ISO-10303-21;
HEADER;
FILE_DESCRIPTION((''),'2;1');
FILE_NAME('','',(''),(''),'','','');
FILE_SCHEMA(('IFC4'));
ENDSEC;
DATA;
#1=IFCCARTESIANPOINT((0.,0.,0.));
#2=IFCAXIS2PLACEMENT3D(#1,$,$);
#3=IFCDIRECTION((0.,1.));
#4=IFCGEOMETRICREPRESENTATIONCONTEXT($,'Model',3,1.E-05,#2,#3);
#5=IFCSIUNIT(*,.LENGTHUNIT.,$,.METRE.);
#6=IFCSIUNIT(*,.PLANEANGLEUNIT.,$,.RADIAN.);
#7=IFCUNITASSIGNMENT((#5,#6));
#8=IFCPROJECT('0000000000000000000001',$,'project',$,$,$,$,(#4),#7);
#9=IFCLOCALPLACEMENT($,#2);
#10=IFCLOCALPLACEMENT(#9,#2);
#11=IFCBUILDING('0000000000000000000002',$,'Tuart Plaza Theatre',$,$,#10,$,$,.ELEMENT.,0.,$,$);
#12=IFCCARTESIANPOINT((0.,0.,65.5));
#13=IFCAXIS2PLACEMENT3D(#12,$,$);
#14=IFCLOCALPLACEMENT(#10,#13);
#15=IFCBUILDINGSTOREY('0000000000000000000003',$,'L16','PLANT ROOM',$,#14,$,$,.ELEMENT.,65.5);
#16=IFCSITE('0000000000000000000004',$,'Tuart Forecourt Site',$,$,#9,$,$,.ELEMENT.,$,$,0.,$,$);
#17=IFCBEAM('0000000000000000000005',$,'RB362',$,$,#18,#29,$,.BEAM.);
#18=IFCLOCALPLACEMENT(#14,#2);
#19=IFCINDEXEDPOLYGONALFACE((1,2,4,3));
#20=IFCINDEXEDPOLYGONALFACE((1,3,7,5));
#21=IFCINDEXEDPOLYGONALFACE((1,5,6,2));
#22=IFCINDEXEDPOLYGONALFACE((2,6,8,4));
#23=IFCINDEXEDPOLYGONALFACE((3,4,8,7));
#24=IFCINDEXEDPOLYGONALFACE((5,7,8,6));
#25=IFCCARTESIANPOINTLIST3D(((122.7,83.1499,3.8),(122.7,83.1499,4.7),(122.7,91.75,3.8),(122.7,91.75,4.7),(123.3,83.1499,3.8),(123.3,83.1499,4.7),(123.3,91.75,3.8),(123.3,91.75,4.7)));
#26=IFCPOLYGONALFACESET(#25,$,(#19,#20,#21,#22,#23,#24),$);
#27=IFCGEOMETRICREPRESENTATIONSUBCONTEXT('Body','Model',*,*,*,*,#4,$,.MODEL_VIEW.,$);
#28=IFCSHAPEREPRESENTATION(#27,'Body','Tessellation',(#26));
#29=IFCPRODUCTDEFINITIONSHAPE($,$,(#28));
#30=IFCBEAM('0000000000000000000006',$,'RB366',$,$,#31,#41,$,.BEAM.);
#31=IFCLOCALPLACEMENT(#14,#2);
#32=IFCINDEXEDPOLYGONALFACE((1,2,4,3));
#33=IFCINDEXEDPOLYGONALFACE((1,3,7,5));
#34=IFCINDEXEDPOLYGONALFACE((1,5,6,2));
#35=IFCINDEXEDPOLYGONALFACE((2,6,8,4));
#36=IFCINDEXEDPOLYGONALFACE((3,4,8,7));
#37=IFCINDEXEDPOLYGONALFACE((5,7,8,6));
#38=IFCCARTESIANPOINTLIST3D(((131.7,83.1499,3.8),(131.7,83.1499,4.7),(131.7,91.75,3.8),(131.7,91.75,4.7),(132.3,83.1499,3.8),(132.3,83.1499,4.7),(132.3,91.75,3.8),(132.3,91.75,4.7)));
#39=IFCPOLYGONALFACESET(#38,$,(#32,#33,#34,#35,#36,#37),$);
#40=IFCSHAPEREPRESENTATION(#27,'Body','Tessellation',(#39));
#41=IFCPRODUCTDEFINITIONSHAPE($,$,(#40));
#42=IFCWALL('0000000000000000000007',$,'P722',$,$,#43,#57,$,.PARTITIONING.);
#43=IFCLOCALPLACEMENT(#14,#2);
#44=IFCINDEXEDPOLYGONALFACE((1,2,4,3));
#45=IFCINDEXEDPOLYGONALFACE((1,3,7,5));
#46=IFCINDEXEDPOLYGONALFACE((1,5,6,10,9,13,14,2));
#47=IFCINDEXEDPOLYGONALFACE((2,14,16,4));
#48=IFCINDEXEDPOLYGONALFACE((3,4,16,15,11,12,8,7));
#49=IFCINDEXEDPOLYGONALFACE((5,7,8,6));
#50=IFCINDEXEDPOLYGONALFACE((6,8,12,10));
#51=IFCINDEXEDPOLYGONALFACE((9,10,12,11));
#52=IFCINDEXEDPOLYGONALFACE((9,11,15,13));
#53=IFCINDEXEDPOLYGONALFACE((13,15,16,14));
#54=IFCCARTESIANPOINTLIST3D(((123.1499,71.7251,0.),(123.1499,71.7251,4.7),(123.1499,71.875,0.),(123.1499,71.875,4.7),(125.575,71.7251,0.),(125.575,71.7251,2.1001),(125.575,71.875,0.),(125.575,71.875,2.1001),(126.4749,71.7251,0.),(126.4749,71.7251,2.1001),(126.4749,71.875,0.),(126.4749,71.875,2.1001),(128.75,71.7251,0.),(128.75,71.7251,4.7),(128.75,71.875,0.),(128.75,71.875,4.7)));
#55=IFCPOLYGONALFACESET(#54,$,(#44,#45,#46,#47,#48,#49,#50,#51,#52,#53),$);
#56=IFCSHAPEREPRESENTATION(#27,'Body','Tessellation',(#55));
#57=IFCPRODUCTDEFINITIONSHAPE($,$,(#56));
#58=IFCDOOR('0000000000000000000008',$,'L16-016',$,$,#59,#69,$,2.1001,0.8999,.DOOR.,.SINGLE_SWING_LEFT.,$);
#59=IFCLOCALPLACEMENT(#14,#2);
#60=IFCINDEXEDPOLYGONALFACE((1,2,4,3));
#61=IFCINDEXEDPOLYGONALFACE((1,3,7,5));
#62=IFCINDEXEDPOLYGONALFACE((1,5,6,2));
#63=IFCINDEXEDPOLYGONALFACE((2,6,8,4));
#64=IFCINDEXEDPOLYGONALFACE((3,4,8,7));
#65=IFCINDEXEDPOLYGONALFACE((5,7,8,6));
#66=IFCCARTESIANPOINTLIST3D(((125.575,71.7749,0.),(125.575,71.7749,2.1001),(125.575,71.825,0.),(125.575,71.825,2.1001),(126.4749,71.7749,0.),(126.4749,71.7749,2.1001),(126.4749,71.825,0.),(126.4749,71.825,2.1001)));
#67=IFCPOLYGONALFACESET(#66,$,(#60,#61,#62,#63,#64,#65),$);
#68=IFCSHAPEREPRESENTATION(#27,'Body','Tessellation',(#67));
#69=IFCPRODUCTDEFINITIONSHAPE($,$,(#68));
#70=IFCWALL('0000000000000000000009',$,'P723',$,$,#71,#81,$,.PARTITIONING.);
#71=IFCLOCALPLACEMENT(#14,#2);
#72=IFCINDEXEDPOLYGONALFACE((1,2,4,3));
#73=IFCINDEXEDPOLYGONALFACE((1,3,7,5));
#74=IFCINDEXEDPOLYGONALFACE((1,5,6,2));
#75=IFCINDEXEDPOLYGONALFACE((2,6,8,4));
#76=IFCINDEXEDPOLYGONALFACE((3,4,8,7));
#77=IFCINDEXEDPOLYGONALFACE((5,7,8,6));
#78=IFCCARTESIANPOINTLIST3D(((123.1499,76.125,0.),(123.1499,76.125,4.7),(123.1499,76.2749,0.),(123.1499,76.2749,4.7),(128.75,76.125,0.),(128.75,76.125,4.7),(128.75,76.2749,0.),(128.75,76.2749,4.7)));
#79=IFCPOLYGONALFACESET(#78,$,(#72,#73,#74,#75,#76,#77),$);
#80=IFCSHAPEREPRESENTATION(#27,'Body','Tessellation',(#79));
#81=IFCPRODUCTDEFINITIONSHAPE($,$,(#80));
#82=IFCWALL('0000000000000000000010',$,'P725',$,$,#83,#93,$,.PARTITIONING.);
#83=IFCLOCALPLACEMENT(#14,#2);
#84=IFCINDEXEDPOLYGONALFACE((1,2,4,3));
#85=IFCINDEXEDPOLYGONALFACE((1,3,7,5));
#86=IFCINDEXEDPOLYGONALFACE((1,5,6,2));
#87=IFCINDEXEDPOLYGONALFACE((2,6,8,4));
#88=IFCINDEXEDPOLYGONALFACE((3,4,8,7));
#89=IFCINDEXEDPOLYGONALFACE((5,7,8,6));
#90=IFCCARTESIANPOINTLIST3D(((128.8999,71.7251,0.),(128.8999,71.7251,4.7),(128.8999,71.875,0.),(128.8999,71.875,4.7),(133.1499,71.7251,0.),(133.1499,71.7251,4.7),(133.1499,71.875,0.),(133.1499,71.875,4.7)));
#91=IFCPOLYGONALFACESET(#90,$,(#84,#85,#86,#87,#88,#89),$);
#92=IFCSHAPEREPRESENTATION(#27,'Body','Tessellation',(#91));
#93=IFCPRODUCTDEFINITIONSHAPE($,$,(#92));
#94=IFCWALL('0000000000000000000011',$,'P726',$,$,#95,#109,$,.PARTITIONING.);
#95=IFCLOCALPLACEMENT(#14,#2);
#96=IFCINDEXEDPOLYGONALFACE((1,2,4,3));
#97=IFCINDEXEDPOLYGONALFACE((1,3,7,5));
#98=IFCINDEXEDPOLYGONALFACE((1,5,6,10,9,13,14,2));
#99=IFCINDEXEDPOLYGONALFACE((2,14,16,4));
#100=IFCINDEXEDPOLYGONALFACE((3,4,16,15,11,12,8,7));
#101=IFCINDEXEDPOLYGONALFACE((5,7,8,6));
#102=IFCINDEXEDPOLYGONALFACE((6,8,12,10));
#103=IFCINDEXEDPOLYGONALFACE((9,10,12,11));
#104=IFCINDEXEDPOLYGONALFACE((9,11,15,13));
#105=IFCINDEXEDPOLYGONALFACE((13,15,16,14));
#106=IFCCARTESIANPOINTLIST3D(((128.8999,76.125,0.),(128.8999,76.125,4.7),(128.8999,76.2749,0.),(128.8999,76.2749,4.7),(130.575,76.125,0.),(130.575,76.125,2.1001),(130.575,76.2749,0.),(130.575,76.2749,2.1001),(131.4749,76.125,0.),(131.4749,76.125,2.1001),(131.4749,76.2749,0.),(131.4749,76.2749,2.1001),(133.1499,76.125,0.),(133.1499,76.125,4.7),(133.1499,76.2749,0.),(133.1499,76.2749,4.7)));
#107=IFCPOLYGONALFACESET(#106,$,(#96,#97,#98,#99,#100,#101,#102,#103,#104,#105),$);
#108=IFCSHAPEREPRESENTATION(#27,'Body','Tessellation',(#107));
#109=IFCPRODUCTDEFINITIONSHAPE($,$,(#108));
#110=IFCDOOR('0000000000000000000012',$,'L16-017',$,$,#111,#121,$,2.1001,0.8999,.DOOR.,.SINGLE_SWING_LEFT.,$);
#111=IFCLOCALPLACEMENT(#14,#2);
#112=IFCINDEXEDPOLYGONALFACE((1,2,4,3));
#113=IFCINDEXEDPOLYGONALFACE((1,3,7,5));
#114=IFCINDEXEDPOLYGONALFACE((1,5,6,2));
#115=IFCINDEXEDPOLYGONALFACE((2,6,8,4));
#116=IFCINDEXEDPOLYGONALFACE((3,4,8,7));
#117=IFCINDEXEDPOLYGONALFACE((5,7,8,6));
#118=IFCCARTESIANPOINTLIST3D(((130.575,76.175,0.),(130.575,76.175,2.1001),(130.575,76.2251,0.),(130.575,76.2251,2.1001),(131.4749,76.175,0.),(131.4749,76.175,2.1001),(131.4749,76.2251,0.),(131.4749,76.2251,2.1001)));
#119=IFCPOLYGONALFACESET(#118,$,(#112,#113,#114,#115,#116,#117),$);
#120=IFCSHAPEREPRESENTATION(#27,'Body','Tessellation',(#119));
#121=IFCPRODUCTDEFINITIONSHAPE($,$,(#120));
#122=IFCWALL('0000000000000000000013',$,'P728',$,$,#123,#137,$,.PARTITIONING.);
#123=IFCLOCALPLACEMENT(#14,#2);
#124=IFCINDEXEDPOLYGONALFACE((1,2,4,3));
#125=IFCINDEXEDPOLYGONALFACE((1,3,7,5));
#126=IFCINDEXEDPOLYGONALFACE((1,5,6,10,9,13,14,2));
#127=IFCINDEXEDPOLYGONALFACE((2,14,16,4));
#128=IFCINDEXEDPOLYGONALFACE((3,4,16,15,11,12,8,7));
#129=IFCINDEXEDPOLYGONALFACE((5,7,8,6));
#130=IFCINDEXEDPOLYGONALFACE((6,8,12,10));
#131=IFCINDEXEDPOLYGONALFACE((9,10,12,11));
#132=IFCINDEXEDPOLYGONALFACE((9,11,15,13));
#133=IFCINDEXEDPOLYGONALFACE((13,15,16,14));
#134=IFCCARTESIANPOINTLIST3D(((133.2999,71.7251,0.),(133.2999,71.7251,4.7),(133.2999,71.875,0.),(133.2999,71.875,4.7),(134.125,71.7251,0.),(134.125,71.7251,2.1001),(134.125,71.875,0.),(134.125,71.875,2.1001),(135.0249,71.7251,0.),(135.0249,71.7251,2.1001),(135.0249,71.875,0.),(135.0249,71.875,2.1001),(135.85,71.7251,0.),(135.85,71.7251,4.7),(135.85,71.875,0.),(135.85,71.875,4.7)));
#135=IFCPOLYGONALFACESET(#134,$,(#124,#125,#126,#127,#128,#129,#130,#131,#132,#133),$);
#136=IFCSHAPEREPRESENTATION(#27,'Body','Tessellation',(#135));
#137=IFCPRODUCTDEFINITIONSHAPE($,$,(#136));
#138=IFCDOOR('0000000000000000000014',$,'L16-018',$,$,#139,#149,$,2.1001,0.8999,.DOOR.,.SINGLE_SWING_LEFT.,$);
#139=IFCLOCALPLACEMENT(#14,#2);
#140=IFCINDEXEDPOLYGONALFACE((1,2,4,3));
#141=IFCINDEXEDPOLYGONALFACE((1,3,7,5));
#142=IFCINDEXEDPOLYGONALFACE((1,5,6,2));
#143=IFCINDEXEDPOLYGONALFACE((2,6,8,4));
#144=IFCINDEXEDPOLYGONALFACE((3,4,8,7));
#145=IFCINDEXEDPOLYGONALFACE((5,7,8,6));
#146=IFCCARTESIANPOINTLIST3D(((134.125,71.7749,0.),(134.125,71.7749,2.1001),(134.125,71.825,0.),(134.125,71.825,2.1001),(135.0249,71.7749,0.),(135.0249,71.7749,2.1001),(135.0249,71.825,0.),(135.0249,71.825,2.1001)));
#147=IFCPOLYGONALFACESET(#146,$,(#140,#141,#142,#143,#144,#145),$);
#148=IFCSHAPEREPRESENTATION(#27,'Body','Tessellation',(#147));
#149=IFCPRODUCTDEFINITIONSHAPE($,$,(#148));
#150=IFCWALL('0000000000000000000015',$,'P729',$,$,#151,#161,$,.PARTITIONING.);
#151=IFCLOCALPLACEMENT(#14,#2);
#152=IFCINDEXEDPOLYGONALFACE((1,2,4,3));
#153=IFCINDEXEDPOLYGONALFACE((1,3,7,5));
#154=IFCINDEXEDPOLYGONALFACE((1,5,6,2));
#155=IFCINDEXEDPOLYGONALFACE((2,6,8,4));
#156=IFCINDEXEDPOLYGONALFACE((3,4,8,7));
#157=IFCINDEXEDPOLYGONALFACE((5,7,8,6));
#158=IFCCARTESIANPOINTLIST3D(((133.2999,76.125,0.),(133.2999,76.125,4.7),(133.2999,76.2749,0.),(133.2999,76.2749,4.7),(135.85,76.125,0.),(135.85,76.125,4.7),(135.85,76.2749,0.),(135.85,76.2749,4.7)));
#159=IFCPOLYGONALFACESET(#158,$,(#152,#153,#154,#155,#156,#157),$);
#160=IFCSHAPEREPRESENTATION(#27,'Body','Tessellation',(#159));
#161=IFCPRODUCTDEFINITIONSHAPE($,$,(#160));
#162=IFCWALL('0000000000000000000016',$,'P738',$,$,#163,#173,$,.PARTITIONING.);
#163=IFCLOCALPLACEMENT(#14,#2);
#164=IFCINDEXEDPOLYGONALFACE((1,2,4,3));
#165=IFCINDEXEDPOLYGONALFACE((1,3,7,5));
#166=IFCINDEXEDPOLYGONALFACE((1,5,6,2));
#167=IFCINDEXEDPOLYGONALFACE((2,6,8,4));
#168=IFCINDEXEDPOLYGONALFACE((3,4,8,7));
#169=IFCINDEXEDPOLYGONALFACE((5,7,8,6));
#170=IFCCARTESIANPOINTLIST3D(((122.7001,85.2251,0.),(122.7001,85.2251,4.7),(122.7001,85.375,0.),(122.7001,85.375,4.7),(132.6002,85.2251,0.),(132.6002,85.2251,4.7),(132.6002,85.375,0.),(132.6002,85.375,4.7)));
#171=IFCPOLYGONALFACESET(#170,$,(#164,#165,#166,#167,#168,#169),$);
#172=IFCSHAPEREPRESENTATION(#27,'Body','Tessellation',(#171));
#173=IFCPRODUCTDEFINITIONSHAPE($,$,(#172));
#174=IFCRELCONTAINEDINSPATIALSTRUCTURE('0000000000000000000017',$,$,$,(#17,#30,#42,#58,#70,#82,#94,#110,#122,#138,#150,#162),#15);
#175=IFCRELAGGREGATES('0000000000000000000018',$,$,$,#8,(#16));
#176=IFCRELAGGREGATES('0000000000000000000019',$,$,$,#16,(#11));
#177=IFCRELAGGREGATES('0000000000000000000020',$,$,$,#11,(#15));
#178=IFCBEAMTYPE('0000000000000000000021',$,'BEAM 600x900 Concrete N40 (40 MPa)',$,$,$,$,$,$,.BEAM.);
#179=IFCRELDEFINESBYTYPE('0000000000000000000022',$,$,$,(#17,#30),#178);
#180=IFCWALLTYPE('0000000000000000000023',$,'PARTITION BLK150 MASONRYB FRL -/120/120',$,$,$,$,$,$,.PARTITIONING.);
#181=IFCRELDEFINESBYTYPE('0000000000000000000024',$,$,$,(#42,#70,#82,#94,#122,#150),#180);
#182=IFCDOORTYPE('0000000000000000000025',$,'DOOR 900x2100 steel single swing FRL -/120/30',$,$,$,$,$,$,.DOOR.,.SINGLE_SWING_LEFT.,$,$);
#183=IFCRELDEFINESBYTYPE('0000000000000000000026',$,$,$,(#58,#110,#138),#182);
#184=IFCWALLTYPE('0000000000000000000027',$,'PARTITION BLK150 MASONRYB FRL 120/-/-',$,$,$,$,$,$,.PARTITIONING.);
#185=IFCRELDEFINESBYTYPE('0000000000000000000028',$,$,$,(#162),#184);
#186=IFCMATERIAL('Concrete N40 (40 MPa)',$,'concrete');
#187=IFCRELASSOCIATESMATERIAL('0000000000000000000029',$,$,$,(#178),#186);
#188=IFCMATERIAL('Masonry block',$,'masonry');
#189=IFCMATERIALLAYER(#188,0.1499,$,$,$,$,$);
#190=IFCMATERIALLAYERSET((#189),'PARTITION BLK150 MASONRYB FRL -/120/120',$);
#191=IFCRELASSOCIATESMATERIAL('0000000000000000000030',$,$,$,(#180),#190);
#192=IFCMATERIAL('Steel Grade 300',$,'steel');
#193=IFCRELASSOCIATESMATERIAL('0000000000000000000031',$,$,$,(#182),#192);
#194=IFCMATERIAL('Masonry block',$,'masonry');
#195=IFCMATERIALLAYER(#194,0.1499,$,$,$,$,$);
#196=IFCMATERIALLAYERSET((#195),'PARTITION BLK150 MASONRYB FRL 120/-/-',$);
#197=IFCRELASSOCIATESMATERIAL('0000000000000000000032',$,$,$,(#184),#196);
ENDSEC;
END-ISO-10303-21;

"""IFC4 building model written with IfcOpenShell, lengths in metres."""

from ifc_helpers import new_model, si_unit, direction, frame, frame_2d, origin, origin_2d, place, context, subcontext, project, spatial, rectangle, extrude, material, layer, layer_set, material_profile, profile_set, type_object, element, fill, save


model = new_model("IFC4")

# Units and contexts
model_context = context("Model", 3, precision=1e-05, world=origin(), true_north=direction((0.0, 1.0)))
body_context = subcontext(model_context, "Body", "Model", "MODEL_VIEW")
ifc_project = project(units=[si_unit("LENGTHUNIT", "METRE"), si_unit("PLANEANGLEUNIT", "RADIAN")], contexts=[model_context])

# Site, building, storey
site_placement = place(None, origin())
site = spatial("IfcSite", under=ifc_project, at=site_placement, Name="Tuart Forecourt Site", CompositionType="ELEMENT", RefElevation=0.0)
building_placement = place(site_placement, origin())
building = spatial("IfcBuilding", under=site, at=building_placement, Name="Tuart Plaza Theatre", CompositionType="ELEMENT", ElevationOfRefHeight=0.0)
storey_placement = place(building_placement, frame((0.0, 0.0, 65.5)))
storey = spatial("IfcBuildingStorey", under=building, at=storey_placement, Name="L16", Description="PLANT ROOM", CompositionType="ELEMENT", Elevation=65.5)

# Beams
ifc_material_1 = material(Name="Concrete N40 (40 MPa)", Category="concrete")
ifc_material_profile = material_profile(ifc_material_1, rectangle(XDim=0.6001, YDim=0.8999, at=origin_2d()), Name="BEAM 600x900 Concrete N40 (40 MPa)")
ifc_profile_set = profile_set([ifc_material_profile], Name="Concrete N40 (40 MPa)")
beam_type = type_object("IfcBeamType", Name="BEAM 600x900 Concrete N40 (40 MPa)", PredefinedType="BEAM", material=ifc_profile_set)
for number, where, z_axis, x_axis, name in (
    (1, (123.0, 83.1499, 4.25), (0.0, 1.0, 0.0), (-1.0, 0.0, 0.0), "RB362"),
    (2, (132.0, 83.1499, 4.25), (0.0, 1.0, 0.0), (-1.0, 0.0, 0.0), "RB366"),
):
    element("IfcBeam", number, at=place(storey_placement, frame(where, z_axis=z_axis, x_axis=x_axis)), inside=storey, type_object=beam_type, Name=name, PredefinedType="BEAM", context=body_context, shape_type="SweptSolid", body=[
        extrude(rectangle(XDim=0.6001, YDim=0.8999, at=origin_2d()), origin(), (0.0, 0.0, 1.0), 8.6001),
    ])

# Wall, opening, door
ifc_material_2 = material(Name="Masonry block", Category="masonry")
ifc_layer_1 = layer(ifc_material_2, 0.1499)
ifc_layer_set_1 = layer_set([ifc_layer_1], Name="PARTITION BLK150 MASONRYB FRL -/120/120")
wall_type_1 = type_object("IfcWallType", Name="PARTITION BLK150 MASONRYB FRL -/120/120", PredefinedType="PARTITIONING", material=ifc_layer_set_1)
wall_1_placement = place(storey_placement, frame((123.1499, 71.8, 0.0), z_axis=(0.0, 0.0, 1.0), x_axis=(1.0, 0.0, 0.0)))
wall_1 = element("IfcWall", 3, at=wall_1_placement, inside=storey, type_object=wall_type_1, Name="P722", PredefinedType="PARTITIONING", context=body_context, shape_type="SweptSolid", body=[
    extrude(rectangle(XDim=5.6001, YDim=0.1499, at=frame_2d((2.8, 0.0))), origin(), (0.0, 0.0, 1.0), 4.7),
])
opening_1_placement = place(wall_1_placement, frame((2.425, 0.0, 0.0)))
opening_1 = element("IfcOpeningElement", 4, at=opening_1_placement, cuts=wall_1, PredefinedType="OPENING", context=body_context, shape_type="SweptSolid", body=[
    extrude(rectangle(XDim=0.8999, YDim=2.1001, at=frame_2d((0.45, 1.05))), frame((0.0, 0.085, 0.0), z_axis=(0.0, -1.0, 0.0), x_axis=(1.0, 0.0, 0.0)), (0.0, 0.0, 1.0), 0.1699),
])
ifc_material_3 = material(Name="Steel Grade 300", Category="steel")
door_type_1 = type_object("IfcDoorType", Name="DOOR 900x2100 steel single swing FRL -/120/30", OperationType="SINGLE_SWING_LEFT", PredefinedType="DOOR", material=ifc_material_3)
door_1_placement = place(opening_1_placement, origin())
door_1 = element("IfcDoor", 5, at=door_1_placement, inside=storey, type_object=door_type_1, Name="L16-016", OperationType="SINGLE_SWING_LEFT", OverallHeight=2.1001, OverallWidth=0.8999, PredefinedType="DOOR", context=body_context, shape_type="SweptSolid", body=[
    extrude(rectangle(XDim=0.8999, YDim=2.1001, at=frame_2d((0.45, 1.05))), frame((0.0, 0.0249, 0.0), z_axis=(0.0, -1.0, 0.0), x_axis=(1.0, 0.0, 0.0)), (0.0, 0.0, 1.0), 0.05),
])
fill(opening_1, door_1)

# Walls
wall_2_placement = place(storey_placement, frame((123.1499, 76.2, 0.0), z_axis=(0.0, 0.0, 1.0), x_axis=(1.0, 0.0, 0.0)))
element("IfcWall", 6, at=wall_2_placement, inside=storey, type_object=wall_type_1, Name="P723", PredefinedType="PARTITIONING", context=body_context, shape_type="SweptSolid", body=[
    extrude(rectangle(XDim=5.6001, YDim=0.1499, at=frame_2d((2.8, 0.0))), origin(), (0.0, 0.0, 1.0), 4.7),
])
wall_3_placement = place(storey_placement, frame((128.8999, 71.8, 0.0), z_axis=(0.0, 0.0, 1.0), x_axis=(1.0, 0.0, 0.0)))
element("IfcWall", 7, at=wall_3_placement, inside=storey, type_object=wall_type_1, Name="P725", PredefinedType="PARTITIONING", context=body_context, shape_type="SweptSolid", body=[
    extrude(rectangle(XDim=4.25, YDim=0.1499, at=frame_2d((2.125, 0.0))), origin(), (0.0, 0.0, 1.0), 4.7),
])

# Walls, openings, doors
wall_4_placement = place(storey_placement, frame((128.8999, 76.2, 0.0), z_axis=(0.0, 0.0, 1.0), x_axis=(1.0, 0.0, 0.0)))
wall_4 = element("IfcWall", 8, at=wall_4_placement, inside=storey, type_object=wall_type_1, Name="P726", PredefinedType="PARTITIONING", context=body_context, shape_type="SweptSolid", body=[
    extrude(rectangle(XDim=4.25, YDim=0.1499, at=frame_2d((2.125, 0.0))), origin(), (0.0, 0.0, 1.0), 4.7),
])
opening_2_placement = place(wall_4_placement, frame((1.675, 0.0, 0.0)))
opening_2 = element("IfcOpeningElement", 9, at=opening_2_placement, cuts=wall_4, PredefinedType="OPENING", context=body_context, shape_type="SweptSolid", body=[
    extrude(rectangle(XDim=0.8999, YDim=2.1001, at=frame_2d((0.45, 1.05))), frame((0.0, 0.085, 0.0), z_axis=(0.0, -1.0, 0.0), x_axis=(1.0, 0.0, 0.0)), (0.0, 0.0, 1.0), 0.1699),
])
door_2_placement = place(opening_2_placement, frame((0.8999, 0.0, 0.0), z_axis=(0.0, 0.0, 1.0), x_axis=(-1.0, 0.0, 0.0)))
door_2 = element("IfcDoor", 10, at=door_2_placement, inside=storey, type_object=door_type_1, Name="L16-017", OperationType="SINGLE_SWING_LEFT", OverallHeight=2.1001, OverallWidth=0.8999, PredefinedType="DOOR", context=body_context, shape_type="SweptSolid", body=[
    extrude(rectangle(XDim=0.8999, YDim=2.1001, at=frame_2d((0.45, 1.05))), frame((0.0, 0.0249, 0.0), z_axis=(0.0, -1.0, 0.0), x_axis=(1.0, 0.0, 0.0)), (0.0, 0.0, 1.0), 0.05),
])
fill(opening_2, door_2)
wall_5_placement = place(storey_placement, frame((133.3, 71.8, 0.0), z_axis=(0.0, 0.0, 1.0), x_axis=(1.0, 0.0, 0.0)))
wall_5 = element("IfcWall", 11, at=wall_5_placement, inside=storey, type_object=wall_type_1, Name="P728", PredefinedType="PARTITIONING", context=body_context, shape_type="SweptSolid", body=[
    extrude(rectangle(XDim=2.55, YDim=0.1499, at=frame_2d((1.2749, 0.0))), origin(), (0.0, 0.0, 1.0), 4.7),
])
opening_3_placement = place(wall_5_placement, frame((0.825, 0.0, 0.0)))
opening_3 = element("IfcOpeningElement", 12, at=opening_3_placement, cuts=wall_5, PredefinedType="OPENING", context=body_context, shape_type="SweptSolid", body=[
    extrude(rectangle(XDim=0.8999, YDim=2.1001, at=frame_2d((0.45, 1.05))), frame((0.0, 0.085, 0.0), z_axis=(0.0, -1.0, 0.0), x_axis=(1.0, 0.0, 0.0)), (0.0, 0.0, 1.0), 0.1699),
])
door_3_placement = place(opening_3_placement, origin())
door_3 = element("IfcDoor", 13, at=door_3_placement, inside=storey, type_object=door_type_1, Name="L16-018", OperationType="SINGLE_SWING_LEFT", OverallHeight=2.1001, OverallWidth=0.8999, PredefinedType="DOOR", context=body_context, shape_type="SweptSolid", body=[
    extrude(rectangle(XDim=0.8999, YDim=2.1001, at=frame_2d((0.45, 1.05))), frame((0.0, 0.0249, 0.0), z_axis=(0.0, -1.0, 0.0), x_axis=(1.0, 0.0, 0.0)), (0.0, 0.0, 1.0), 0.05),
])
fill(opening_3, door_3)

# Walls
wall_6_placement = place(storey_placement, frame((133.3, 76.2, 0.0), z_axis=(0.0, 0.0, 1.0), x_axis=(1.0, 0.0, 0.0)))
element("IfcWall", 14, at=wall_6_placement, inside=storey, type_object=wall_type_1, Name="P729", PredefinedType="PARTITIONING", context=body_context, shape_type="SweptSolid", body=[
    extrude(rectangle(XDim=2.55, YDim=0.1499, at=frame_2d((1.2749, 0.0))), origin(), (0.0, 0.0, 1.0), 4.7),
])
ifc_material_4 = material(Name="Masonry block", Category="masonry")
ifc_layer_2 = layer(ifc_material_4, 0.1499)
ifc_layer_set_2 = layer_set([ifc_layer_2], Name="PARTITION BLK150 MASONRYB FRL 120/-/-")
wall_type_2 = type_object("IfcWallType", Name="PARTITION BLK150 MASONRYB FRL 120/-/-", PredefinedType="PARTITIONING", material=ifc_layer_set_2)
wall_7_placement = place(storey_placement, frame((122.7, 85.3, 0.0), z_axis=(0.0, 0.0, 1.0), x_axis=(1.0, 0.0, 0.0)))
element("IfcWall", 15, at=wall_7_placement, inside=storey, type_object=wall_type_2, Name="P738", PredefinedType="PARTITIONING", context=body_context, shape_type="SweptSolid", body=[
    extrude(rectangle(XDim=9.9001, YDim=0.1499, at=frame_2d((4.9502, 0.0))), origin(), (0.0, 0.0, 1.0), 4.7),
])

save(model, "model.ifc")
